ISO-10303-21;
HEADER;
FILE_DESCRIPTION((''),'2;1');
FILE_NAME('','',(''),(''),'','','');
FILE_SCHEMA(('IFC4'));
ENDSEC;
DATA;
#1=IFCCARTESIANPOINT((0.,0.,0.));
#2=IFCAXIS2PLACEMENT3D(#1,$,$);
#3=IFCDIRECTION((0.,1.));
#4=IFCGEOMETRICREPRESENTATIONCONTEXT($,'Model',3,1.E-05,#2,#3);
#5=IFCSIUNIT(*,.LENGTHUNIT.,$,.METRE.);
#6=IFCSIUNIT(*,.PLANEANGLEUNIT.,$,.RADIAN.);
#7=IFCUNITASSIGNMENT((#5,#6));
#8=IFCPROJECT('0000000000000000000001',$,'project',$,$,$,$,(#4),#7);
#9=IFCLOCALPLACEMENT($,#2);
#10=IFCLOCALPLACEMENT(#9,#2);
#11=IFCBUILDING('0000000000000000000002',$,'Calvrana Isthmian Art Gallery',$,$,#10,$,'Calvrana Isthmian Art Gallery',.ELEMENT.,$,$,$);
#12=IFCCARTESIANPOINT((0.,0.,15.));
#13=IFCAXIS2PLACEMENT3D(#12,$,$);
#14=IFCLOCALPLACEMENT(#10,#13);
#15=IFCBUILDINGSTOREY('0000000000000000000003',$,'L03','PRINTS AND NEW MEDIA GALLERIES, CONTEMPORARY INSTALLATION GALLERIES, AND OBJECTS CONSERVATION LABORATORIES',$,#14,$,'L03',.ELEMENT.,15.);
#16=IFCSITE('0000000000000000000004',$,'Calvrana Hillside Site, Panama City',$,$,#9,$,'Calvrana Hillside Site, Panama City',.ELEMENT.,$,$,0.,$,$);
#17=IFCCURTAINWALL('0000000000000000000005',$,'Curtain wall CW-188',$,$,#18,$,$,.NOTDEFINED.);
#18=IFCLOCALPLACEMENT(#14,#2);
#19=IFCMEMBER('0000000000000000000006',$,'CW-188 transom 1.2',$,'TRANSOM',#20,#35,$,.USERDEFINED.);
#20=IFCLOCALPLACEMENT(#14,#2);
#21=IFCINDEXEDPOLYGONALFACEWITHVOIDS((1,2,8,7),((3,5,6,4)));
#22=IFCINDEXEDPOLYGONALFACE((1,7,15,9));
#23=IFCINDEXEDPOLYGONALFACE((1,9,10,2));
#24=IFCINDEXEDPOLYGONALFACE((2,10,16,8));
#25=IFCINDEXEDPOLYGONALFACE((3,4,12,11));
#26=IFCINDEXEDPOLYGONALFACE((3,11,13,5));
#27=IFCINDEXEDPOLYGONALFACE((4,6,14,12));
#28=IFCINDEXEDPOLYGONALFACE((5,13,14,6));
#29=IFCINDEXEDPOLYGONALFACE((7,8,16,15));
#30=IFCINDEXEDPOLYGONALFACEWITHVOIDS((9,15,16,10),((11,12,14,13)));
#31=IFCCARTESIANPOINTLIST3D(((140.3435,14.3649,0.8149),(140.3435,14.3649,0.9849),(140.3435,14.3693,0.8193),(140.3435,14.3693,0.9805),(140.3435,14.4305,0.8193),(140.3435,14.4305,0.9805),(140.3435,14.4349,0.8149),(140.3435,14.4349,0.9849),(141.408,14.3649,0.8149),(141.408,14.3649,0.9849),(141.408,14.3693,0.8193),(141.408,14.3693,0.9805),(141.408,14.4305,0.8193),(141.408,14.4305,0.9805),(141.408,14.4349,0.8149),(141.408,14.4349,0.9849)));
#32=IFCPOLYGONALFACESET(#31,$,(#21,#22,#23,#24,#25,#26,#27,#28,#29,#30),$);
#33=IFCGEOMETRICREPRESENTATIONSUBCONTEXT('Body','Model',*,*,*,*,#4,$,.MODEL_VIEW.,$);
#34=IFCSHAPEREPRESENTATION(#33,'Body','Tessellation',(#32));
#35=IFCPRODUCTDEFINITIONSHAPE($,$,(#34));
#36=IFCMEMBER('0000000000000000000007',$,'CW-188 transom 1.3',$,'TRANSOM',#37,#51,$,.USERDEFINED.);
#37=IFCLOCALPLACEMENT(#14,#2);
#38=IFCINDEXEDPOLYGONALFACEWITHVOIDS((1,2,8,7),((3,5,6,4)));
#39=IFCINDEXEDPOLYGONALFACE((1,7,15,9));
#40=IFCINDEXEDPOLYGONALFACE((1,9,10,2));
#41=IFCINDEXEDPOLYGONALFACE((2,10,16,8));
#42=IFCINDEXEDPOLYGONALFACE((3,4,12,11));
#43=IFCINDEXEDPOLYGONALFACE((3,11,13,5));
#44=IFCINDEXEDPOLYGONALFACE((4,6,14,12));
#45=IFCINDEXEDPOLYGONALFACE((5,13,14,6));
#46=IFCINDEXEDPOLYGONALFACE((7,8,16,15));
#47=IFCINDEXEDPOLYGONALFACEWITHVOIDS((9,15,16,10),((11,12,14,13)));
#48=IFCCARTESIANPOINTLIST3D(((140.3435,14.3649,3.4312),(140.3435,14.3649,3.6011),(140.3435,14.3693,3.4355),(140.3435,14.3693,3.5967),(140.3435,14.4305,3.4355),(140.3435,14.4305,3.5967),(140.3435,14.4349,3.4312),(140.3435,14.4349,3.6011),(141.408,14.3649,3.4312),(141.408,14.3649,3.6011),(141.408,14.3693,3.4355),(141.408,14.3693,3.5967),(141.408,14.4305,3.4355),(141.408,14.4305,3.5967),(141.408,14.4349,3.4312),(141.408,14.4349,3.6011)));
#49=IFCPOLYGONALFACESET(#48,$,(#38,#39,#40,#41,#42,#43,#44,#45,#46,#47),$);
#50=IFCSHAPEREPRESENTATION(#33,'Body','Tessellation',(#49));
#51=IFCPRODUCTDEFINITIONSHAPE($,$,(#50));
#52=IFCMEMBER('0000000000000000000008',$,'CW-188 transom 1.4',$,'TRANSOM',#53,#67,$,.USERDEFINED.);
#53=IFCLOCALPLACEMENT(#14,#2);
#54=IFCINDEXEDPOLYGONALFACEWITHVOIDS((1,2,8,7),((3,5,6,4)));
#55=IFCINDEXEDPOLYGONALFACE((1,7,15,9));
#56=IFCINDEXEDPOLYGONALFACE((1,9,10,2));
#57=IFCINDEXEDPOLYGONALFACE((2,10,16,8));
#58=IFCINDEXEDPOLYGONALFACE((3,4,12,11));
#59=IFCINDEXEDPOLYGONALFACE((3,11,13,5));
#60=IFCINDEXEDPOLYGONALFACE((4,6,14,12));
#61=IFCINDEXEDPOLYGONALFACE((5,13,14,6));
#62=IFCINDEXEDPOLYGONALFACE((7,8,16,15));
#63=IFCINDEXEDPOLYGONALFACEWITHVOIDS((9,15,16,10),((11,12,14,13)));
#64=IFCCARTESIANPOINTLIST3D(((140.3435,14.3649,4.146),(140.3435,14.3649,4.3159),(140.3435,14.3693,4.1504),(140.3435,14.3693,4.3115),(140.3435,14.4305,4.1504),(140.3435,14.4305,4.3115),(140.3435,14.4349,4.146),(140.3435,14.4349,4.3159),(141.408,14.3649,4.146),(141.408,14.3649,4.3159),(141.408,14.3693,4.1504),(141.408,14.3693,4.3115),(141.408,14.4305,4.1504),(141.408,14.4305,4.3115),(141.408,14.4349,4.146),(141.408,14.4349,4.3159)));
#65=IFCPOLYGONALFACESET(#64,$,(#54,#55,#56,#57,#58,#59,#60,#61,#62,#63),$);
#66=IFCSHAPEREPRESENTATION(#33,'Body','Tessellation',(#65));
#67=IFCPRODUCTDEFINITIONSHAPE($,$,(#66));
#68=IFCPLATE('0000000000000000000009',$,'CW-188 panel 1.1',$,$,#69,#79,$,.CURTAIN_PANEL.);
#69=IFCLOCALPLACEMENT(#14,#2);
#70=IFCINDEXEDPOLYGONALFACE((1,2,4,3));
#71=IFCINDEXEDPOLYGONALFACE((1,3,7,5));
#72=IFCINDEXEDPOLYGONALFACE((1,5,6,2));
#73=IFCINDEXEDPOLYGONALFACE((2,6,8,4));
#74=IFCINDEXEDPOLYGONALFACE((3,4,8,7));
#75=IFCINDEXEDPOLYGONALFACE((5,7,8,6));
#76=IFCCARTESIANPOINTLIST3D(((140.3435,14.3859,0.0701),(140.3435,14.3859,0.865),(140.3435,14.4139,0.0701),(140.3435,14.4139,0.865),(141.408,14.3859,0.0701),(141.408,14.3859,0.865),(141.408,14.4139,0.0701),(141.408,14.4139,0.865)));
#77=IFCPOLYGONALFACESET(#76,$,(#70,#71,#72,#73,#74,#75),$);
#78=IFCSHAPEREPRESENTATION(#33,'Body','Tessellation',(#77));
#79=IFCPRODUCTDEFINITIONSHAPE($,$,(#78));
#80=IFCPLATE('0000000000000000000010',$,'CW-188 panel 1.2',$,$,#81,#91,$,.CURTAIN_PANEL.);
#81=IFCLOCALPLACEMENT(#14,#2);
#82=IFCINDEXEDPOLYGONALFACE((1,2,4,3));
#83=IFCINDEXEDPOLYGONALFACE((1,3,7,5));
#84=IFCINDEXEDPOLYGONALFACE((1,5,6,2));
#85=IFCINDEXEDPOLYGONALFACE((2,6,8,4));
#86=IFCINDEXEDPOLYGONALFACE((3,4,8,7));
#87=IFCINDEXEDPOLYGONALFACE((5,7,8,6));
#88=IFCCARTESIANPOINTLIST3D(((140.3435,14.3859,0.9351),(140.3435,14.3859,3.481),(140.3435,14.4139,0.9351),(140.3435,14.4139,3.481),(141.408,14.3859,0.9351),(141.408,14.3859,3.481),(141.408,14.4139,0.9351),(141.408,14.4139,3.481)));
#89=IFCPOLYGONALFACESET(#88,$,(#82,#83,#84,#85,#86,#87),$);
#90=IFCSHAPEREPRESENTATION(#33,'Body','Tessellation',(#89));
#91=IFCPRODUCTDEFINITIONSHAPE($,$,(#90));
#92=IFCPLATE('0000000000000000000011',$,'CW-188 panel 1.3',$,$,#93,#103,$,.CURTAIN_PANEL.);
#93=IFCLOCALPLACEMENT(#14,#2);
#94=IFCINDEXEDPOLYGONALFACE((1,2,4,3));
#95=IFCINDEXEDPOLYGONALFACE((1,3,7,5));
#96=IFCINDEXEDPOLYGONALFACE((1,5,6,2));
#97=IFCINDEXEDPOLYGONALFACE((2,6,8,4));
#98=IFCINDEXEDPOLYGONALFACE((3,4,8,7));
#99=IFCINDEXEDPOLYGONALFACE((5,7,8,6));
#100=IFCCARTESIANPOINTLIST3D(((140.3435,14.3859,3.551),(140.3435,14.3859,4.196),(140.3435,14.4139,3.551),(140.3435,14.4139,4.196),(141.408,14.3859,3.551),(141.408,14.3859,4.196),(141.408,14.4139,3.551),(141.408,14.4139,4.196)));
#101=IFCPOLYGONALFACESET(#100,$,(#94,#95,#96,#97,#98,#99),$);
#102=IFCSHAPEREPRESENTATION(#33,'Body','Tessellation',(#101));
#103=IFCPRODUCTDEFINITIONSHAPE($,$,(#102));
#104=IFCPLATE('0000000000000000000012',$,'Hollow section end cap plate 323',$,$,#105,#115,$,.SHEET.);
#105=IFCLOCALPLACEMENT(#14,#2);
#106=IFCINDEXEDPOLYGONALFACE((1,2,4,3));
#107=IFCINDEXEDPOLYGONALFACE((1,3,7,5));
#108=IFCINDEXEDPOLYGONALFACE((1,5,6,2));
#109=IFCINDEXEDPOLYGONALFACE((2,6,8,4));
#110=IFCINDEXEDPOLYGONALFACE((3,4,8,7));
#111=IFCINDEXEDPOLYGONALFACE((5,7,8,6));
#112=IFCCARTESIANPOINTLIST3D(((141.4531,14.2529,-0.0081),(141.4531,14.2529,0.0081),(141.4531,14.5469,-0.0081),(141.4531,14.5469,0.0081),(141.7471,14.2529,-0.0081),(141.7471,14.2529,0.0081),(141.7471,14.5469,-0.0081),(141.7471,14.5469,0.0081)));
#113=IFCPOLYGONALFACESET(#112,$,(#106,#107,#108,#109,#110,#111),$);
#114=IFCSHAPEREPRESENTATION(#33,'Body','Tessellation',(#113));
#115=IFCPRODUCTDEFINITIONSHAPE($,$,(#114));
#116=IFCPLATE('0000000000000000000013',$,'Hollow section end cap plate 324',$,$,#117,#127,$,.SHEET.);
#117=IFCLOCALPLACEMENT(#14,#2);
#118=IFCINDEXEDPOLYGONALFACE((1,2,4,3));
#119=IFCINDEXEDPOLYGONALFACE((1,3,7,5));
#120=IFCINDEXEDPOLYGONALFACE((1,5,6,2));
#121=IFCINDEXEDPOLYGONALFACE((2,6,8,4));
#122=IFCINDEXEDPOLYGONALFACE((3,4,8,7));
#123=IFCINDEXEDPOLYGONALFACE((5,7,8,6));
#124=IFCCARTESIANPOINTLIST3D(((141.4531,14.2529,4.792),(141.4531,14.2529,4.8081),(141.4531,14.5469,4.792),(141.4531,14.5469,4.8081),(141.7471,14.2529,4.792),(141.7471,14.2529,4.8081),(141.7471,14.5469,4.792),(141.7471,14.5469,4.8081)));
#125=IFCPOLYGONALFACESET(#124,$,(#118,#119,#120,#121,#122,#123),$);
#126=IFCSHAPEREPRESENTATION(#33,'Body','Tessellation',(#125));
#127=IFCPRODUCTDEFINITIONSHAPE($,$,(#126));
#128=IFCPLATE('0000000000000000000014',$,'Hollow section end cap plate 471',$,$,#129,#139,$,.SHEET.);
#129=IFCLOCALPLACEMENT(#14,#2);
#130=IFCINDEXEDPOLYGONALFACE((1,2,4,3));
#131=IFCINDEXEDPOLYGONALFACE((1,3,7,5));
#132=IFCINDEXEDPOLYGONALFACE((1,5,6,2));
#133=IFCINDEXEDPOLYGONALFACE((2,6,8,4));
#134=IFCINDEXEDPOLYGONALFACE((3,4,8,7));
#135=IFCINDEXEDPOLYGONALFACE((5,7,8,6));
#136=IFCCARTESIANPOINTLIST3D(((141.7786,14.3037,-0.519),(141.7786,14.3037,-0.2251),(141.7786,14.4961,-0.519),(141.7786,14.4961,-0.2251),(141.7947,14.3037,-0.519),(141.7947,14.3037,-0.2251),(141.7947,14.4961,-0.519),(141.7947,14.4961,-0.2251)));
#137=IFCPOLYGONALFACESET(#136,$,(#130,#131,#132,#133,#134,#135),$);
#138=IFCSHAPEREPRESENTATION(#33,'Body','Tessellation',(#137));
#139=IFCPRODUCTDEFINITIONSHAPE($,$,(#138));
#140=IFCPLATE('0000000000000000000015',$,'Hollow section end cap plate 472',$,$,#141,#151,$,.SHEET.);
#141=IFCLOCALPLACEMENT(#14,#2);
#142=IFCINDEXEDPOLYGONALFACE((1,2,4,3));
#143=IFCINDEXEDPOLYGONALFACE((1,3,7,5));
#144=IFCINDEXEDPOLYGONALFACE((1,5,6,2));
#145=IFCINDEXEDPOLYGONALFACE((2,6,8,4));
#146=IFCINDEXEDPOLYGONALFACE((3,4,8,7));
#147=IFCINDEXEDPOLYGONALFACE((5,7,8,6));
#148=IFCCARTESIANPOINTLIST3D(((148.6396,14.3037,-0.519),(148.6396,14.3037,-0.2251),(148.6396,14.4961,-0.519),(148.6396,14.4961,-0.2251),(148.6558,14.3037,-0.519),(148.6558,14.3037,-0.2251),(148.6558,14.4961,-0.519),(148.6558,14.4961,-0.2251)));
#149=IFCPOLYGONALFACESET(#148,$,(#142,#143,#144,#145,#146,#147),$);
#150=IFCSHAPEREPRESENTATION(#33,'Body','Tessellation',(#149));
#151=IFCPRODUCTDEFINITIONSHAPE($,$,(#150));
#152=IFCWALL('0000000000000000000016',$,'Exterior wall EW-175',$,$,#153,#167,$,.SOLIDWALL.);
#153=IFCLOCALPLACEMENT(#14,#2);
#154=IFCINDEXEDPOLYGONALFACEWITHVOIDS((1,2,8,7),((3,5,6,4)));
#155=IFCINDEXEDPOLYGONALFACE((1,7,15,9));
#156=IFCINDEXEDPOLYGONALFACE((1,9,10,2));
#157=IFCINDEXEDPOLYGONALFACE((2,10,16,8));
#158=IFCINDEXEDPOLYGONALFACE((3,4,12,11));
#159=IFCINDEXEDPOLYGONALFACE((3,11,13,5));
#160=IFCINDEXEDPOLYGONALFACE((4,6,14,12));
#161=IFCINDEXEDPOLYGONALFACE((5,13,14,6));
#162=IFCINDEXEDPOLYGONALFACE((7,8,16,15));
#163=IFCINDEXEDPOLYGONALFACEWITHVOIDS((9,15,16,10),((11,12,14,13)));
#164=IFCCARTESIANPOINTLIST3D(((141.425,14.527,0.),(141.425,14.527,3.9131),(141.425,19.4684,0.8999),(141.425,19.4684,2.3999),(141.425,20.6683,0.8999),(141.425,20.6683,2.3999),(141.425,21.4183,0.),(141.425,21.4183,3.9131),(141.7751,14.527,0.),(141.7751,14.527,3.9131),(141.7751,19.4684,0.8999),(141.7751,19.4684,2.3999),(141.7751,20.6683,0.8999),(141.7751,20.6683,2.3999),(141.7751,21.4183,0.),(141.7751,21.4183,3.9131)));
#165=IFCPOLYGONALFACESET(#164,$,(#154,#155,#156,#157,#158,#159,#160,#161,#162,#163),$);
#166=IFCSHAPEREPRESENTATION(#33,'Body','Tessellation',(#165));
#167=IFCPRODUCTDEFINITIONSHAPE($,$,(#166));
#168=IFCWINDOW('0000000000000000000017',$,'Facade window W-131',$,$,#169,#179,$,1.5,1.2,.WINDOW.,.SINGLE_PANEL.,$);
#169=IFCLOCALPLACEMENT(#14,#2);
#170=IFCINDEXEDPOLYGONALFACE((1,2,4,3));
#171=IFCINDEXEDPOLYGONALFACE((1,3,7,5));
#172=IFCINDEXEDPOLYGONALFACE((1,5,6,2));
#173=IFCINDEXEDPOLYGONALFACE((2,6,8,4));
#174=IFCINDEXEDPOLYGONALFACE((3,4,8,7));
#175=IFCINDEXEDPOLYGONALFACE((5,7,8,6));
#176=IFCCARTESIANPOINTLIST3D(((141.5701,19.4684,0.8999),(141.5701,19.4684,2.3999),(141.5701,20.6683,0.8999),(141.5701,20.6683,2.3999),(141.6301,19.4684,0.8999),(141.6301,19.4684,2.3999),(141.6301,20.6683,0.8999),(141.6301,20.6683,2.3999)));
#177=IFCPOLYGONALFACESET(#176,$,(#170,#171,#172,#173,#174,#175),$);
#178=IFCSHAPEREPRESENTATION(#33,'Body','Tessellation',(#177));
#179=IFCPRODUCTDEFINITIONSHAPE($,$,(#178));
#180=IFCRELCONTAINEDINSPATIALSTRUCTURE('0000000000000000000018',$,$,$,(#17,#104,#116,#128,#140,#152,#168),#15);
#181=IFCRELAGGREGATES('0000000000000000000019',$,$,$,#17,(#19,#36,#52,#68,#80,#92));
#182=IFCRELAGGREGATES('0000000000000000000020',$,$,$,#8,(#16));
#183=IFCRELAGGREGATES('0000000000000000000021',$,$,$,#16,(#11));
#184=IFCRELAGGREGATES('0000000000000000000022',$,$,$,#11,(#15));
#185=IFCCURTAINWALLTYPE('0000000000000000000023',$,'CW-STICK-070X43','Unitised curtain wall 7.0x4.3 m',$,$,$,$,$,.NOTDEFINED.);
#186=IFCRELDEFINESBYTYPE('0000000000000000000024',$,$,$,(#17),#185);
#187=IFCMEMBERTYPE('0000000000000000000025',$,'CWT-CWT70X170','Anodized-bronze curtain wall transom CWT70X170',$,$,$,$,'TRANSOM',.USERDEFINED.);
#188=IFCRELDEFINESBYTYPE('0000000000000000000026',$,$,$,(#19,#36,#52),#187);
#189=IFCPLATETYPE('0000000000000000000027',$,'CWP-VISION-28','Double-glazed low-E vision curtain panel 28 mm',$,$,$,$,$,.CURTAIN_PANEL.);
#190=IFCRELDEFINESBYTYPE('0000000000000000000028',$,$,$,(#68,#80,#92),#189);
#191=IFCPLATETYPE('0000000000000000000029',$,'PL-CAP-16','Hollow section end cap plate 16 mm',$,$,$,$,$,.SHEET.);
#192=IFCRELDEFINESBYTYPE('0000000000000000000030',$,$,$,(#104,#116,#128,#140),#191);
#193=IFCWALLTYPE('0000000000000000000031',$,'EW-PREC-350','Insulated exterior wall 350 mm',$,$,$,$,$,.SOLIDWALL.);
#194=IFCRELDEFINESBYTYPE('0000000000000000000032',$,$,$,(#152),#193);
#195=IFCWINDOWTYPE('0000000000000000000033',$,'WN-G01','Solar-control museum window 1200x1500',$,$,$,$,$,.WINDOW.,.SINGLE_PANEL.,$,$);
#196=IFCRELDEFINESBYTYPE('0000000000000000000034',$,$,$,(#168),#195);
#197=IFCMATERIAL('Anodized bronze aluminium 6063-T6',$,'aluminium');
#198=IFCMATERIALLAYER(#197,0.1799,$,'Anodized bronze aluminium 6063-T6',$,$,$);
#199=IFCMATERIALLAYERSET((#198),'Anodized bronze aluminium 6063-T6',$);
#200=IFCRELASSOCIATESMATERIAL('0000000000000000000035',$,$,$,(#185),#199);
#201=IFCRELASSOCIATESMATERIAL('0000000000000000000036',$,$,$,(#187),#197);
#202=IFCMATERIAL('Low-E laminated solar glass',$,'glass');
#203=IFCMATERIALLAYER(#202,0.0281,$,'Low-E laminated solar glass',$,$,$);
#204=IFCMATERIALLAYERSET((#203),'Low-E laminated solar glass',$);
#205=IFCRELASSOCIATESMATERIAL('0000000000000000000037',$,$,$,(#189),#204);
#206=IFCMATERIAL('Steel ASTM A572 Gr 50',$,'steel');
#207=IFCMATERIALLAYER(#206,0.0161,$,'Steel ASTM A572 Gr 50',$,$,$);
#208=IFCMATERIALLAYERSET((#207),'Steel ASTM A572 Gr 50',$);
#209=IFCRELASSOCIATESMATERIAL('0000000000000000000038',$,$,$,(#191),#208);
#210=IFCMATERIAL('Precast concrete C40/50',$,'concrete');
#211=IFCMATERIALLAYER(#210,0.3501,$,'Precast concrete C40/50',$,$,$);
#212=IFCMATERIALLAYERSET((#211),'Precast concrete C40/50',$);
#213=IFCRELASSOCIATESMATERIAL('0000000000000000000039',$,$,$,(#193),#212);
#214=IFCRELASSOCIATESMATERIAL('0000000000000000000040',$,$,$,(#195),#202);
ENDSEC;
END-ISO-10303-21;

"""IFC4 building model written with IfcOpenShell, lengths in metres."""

from ifc_helpers import new_model, si_unit, direction, frame, frame_2d, origin, origin_2d, place, context, subcontext, project, spatial, rectangle, hollow_rectangle, extrude, material, layer, layer_set, material_profile, profile_set, type_object, element, fill, aggregate, save


model = new_model("IFC4")

# Units and contexts
model_context = context("Model", 3, precision=1e-05, world=origin(), true_north=direction((0.0, 1.0)))
body_context = subcontext(model_context, "Body", "Model", "MODEL_VIEW")
ifc_project = project(units=[si_unit("LENGTHUNIT", "METRE"), si_unit("PLANEANGLEUNIT", "RADIAN")], contexts=[model_context])

# Site, building, storey
site_placement = place(None, origin())
site = spatial("IfcSite", under=ifc_project, at=site_placement, Name="Calvrana Hillside Site, Panama City", LongName="Calvrana Hillside Site, Panama City", CompositionType="ELEMENT", RefElevation=0.0)
building_placement = place(site_placement, origin())
building = spatial("IfcBuilding", under=site, at=building_placement, Name="Calvrana Isthmian Art Gallery", LongName="Calvrana Isthmian Art Gallery", CompositionType="ELEMENT")
storey_placement = place(building_placement, frame((0.0, 0.0, 15.0)))
storey = spatial("IfcBuildingStorey", under=building, at=storey_placement, Name="L03", Description="PRINTS AND NEW MEDIA GALLERIES, CONTEMPORARY INSTALLATION GALLERIES, AND OBJECTS CONSERVATION LABORATORIES", LongName="L03", CompositionType="ELEMENT", Elevation=15.0)

# Curtain wall, members, plates
ifc_material_1 = material(Name="Anodized bronze aluminium 6063-T6", Category="aluminium")
ifc_layer_1 = layer(ifc_material_1, 0.1799, Name="Anodized bronze aluminium 6063-T6")
ifc_layer_set_1 = layer_set([ifc_layer_1], Name="Anodized bronze aluminium 6063-T6")
curtain_wall_type = type_object("IfcCurtainWallType", Name="CW-STICK-070X43", Description="Unitised curtain wall 7.0x4.3 m", PredefinedType="NOTDEFINED", material=ifc_layer_set_1)
curtain_wall_placement = place(storey_placement, origin())
curtain_wall = element("IfcCurtainWall", 1, at=curtain_wall_placement, inside=storey, type_object=curtain_wall_type, Name="Curtain wall CW-188", PredefinedType="NOTDEFINED")
ifc_material_profile_1 = material_profile(ifc_material_1, hollow_rectangle(XDim=0.0701, YDim=0.1699, WallThickness=0.0044, at=origin_2d()), Name="CWT70X170")
ifc_profile_set_1 = profile_set([ifc_material_profile_1], Name="Anodized bronze aluminium 6063-T6")
member_type_1 = type_object("IfcMemberType", Name="CWT-CWT70X170", Description="Anodized-bronze curtain wall transom CWT70X170", ElementType="TRANSOM", PredefinedType="USERDEFINED", material=ifc_profile_set_1)
member_1_placement = place(storey_placement, frame((141.408, 14.3999, 0.8999), z_axis=(-1.0, 0.0, 0.0), x_axis=(0.0, -1.0, 0.0)))
member_1 = element("IfcMember", 2, at=member_1_placement, type_object=member_type_1, Name="CW-188 transom 1.2", ObjectType="TRANSOM", PredefinedType="USERDEFINED", context=body_context, shape_type="SweptSolid", body=[
    extrude(hollow_rectangle(XDim=0.0701, YDim=0.1699, WallThickness=0.0044, at=origin_2d()), origin(), (0.0, 0.0, 1.0), 1.0645),
])
member_2_placement = place(storey_placement, frame((141.408, 14.3999, 3.5161), z_axis=(-1.0, 0.0, 0.0), x_axis=(0.0, -1.0, 0.0)))
member_2 = element("IfcMember", 3, at=member_2_placement, type_object=member_type_1, Name="CW-188 transom 1.3", ObjectType="TRANSOM", PredefinedType="USERDEFINED", context=body_context, shape_type="SweptSolid", body=[
    extrude(hollow_rectangle(XDim=0.0701, YDim=0.1699, WallThickness=0.0044, at=origin_2d()), origin(), (0.0, 0.0, 1.0), 1.0645),
])
member_3_placement = place(storey_placement, frame((141.408, 14.3999, 4.231), z_axis=(-1.0, 0.0, 0.0), x_axis=(0.0, -1.0, 0.0)))
member_3 = element("IfcMember", 4, at=member_3_placement, type_object=member_type_1, Name="CW-188 transom 1.4", ObjectType="TRANSOM", PredefinedType="USERDEFINED", context=body_context, shape_type="SweptSolid", body=[
    extrude(hollow_rectangle(XDim=0.0701, YDim=0.1699, WallThickness=0.0044, at=origin_2d()), origin(), (0.0, 0.0, 1.0), 1.0645),
])
ifc_material_2 = material(Name="Low-E laminated solar glass", Category="glass")
ifc_layer_2 = layer(ifc_material_2, 0.0281, Name="Low-E laminated solar glass")
ifc_layer_set_2 = layer_set([ifc_layer_2], Name="Low-E laminated solar glass")
plate_type_1 = type_object("IfcPlateType", Name="CWP-VISION-28", Description="Double-glazed low-E vision curtain panel 28 mm", PredefinedType="CURTAIN_PANEL", material=ifc_layer_set_2)
plate_1_placement = place(storey_placement, frame((140.8757, 14.3999, 0.0701), z_axis=(0.0, 0.0, 1.0), x_axis=(-1.0, 0.0, 0.0)))
plate_1 = element("IfcPlate", 5, at=plate_1_placement, type_object=plate_type_1, Name="CW-188 panel 1.1", PredefinedType="CURTAIN_PANEL", context=body_context, shape_type="SweptSolid", body=[
    extrude(rectangle(XDim=1.0645, YDim=0.0281, at=origin_2d()), origin(), (0.0, 0.0, 1.0), 0.7949),
])
plate_2_placement = place(storey_placement, frame((140.8757, 14.3999, 0.9351), z_axis=(0.0, 0.0, 1.0), x_axis=(-1.0, 0.0, 0.0)))
plate_2 = element("IfcPlate", 6, at=plate_2_placement, type_object=plate_type_1, Name="CW-188 panel 1.2", PredefinedType="CURTAIN_PANEL", context=body_context, shape_type="SweptSolid", body=[
    extrude(rectangle(XDim=1.0645, YDim=0.0281, at=origin_2d()), origin(), (0.0, 0.0, 1.0), 2.5459),
])
plate_3_placement = place(storey_placement, frame((140.8757, 14.3999, 3.551), z_axis=(0.0, 0.0, 1.0), x_axis=(-1.0, 0.0, 0.0)))
plate_3 = element("IfcPlate", 7, at=plate_3_placement, type_object=plate_type_1, Name="CW-188 panel 1.3", PredefinedType="CURTAIN_PANEL", context=body_context, shape_type="SweptSolid", body=[
    extrude(rectangle(XDim=1.0645, YDim=0.0281, at=origin_2d()), origin(), (0.0, 0.0, 1.0), 0.645),
])
aggregate(curtain_wall, [member_1, member_2, member_3, plate_1, plate_2, plate_3])

# Plates
ifc_material_3 = material(Name="Steel ASTM A572 Gr 50", Category="steel")
ifc_layer_3 = layer(ifc_material_3, 0.0161, Name="Steel ASTM A572 Gr 50")
ifc_layer_set_3 = layer_set([ifc_layer_3], Name="Steel ASTM A572 Gr 50")
plate_type_2 = type_object("IfcPlateType", Name="PL-CAP-16", Description="Hollow section end cap plate 16 mm", PredefinedType="SHEET", material=ifc_layer_set_3)
for number, where, z_axis, x_axis, name in (
    (8, (141.6001, 14.3999, -0.0081), (0.0, 0.0, 1.0), (1.0, 0.0, 0.0), "Hollow section end cap plate 323"),
    (9, (141.6001, 14.3999, 4.792), (0.0, 0.0, 1.0), (1.0, 0.0, 0.0), "Hollow section end cap plate 324"),
):
    element("IfcPlate", number, at=place(storey_placement, frame(where, z_axis=z_axis, x_axis=x_axis)), inside=storey, type_object=plate_type_2, Name=name, PredefinedType="SHEET", context=body_context, shape_type="SweptSolid", body=[
        extrude(rectangle(XDim=0.2939, YDim=0.2939, at=origin_2d()), origin(), (0.0, 0.0, 1.0), 0.0161),
    ])
for number, where, z_axis, x_axis, name in (
    (10, (141.7866, 14.3999, -0.519), (0.0, 0.0, 1.0), (1.0, 0.0, 0.0), "Hollow section end cap plate 471"),
    (11, (148.6477, 14.3999, -0.519), (0.0, 0.0, 1.0), (1.0, 0.0, 0.0), "Hollow section end cap plate 472"),
):
    element("IfcPlate", number, at=place(storey_placement, frame(where, z_axis=z_axis, x_axis=x_axis)), inside=storey, type_object=plate_type_2, Name=name, PredefinedType="SHEET", context=body_context, shape_type="SweptSolid", body=[
        extrude(rectangle(XDim=0.0161, YDim=0.1924, at=origin_2d()), origin(), (0.0, 0.0, 1.0), 0.2939),
    ])

# Wall, opening, window
ifc_material_4 = material(Name="Precast concrete C40/50", Category="concrete")
ifc_layer_4 = layer(ifc_material_4, 0.3501, Name="Precast concrete C40/50")
ifc_layer_set_4 = layer_set([ifc_layer_4], Name="Precast concrete C40/50")
wall_type_1 = type_object("IfcWallType", Name="EW-PREC-350", Description="Insulated exterior wall 350 mm", PredefinedType="SOLIDWALL", material=ifc_layer_set_4)
wall_placement = place(storey_placement, frame((141.6001, 21.4185, 0.0), z_axis=(0.0, 0.0, 1.0), x_axis=(0.0, -1.0, 0.0)))
wall = element("IfcWall", 12, at=wall_placement, inside=storey, type_object=wall_type_1, Name="Exterior wall EW-175", PredefinedType="SOLIDWALL", context=body_context, shape_type="SweptSolid", body=[
    extrude(rectangle(XDim=6.8914, YDim=0.3501, at=frame_2d((3.4458, 0.0))), origin(), (0.0, 0.0, 1.0), 3.9131),
])
opening_placement = place(wall_placement, frame((0.75, 0.0, 0.8999)))
opening = element("IfcOpeningElement", 13, at=opening_placement, cuts=wall, PredefinedType="OPENING", context=body_context, shape_type="SweptSolid", body=[
    extrude(rectangle(XDim=1.2, YDim=1.5, at=frame_2d((0.6001, 0.75))), frame((0.0, 0.1853, 0.0), z_axis=(0.0, -1.0, 0.0), x_axis=(1.0, 0.0, 0.0)), (0.0, 0.0, 1.0), 0.3706),
])
window_type = type_object("IfcWindowType", Name="WN-G01", Description="Solar-control museum window 1200x1500", PartitioningType="SINGLE_PANEL", PredefinedType="WINDOW", material=ifc_material_2)
window_placement = place(opening_placement, origin())
window = element("IfcWindow", 14, at=window_placement, inside=storey, type_object=window_type, Name="Facade window W-131", OverallHeight=1.5, OverallWidth=1.2, PartitioningType="SINGLE_PANEL", PredefinedType="WINDOW", context=body_context, shape_type="SweptSolid", body=[
    extrude(rectangle(XDim=1.2, YDim=1.5, at=frame_2d((0.6001, 0.75))), frame((0.0, 0.03, 0.0), z_axis=(0.0, -1.0, 0.0), x_axis=(1.0, 0.0, 0.0)), (0.0, 0.0, 1.0), 0.0601),
])
fill(opening, window)

save(model, "model.ifc")
